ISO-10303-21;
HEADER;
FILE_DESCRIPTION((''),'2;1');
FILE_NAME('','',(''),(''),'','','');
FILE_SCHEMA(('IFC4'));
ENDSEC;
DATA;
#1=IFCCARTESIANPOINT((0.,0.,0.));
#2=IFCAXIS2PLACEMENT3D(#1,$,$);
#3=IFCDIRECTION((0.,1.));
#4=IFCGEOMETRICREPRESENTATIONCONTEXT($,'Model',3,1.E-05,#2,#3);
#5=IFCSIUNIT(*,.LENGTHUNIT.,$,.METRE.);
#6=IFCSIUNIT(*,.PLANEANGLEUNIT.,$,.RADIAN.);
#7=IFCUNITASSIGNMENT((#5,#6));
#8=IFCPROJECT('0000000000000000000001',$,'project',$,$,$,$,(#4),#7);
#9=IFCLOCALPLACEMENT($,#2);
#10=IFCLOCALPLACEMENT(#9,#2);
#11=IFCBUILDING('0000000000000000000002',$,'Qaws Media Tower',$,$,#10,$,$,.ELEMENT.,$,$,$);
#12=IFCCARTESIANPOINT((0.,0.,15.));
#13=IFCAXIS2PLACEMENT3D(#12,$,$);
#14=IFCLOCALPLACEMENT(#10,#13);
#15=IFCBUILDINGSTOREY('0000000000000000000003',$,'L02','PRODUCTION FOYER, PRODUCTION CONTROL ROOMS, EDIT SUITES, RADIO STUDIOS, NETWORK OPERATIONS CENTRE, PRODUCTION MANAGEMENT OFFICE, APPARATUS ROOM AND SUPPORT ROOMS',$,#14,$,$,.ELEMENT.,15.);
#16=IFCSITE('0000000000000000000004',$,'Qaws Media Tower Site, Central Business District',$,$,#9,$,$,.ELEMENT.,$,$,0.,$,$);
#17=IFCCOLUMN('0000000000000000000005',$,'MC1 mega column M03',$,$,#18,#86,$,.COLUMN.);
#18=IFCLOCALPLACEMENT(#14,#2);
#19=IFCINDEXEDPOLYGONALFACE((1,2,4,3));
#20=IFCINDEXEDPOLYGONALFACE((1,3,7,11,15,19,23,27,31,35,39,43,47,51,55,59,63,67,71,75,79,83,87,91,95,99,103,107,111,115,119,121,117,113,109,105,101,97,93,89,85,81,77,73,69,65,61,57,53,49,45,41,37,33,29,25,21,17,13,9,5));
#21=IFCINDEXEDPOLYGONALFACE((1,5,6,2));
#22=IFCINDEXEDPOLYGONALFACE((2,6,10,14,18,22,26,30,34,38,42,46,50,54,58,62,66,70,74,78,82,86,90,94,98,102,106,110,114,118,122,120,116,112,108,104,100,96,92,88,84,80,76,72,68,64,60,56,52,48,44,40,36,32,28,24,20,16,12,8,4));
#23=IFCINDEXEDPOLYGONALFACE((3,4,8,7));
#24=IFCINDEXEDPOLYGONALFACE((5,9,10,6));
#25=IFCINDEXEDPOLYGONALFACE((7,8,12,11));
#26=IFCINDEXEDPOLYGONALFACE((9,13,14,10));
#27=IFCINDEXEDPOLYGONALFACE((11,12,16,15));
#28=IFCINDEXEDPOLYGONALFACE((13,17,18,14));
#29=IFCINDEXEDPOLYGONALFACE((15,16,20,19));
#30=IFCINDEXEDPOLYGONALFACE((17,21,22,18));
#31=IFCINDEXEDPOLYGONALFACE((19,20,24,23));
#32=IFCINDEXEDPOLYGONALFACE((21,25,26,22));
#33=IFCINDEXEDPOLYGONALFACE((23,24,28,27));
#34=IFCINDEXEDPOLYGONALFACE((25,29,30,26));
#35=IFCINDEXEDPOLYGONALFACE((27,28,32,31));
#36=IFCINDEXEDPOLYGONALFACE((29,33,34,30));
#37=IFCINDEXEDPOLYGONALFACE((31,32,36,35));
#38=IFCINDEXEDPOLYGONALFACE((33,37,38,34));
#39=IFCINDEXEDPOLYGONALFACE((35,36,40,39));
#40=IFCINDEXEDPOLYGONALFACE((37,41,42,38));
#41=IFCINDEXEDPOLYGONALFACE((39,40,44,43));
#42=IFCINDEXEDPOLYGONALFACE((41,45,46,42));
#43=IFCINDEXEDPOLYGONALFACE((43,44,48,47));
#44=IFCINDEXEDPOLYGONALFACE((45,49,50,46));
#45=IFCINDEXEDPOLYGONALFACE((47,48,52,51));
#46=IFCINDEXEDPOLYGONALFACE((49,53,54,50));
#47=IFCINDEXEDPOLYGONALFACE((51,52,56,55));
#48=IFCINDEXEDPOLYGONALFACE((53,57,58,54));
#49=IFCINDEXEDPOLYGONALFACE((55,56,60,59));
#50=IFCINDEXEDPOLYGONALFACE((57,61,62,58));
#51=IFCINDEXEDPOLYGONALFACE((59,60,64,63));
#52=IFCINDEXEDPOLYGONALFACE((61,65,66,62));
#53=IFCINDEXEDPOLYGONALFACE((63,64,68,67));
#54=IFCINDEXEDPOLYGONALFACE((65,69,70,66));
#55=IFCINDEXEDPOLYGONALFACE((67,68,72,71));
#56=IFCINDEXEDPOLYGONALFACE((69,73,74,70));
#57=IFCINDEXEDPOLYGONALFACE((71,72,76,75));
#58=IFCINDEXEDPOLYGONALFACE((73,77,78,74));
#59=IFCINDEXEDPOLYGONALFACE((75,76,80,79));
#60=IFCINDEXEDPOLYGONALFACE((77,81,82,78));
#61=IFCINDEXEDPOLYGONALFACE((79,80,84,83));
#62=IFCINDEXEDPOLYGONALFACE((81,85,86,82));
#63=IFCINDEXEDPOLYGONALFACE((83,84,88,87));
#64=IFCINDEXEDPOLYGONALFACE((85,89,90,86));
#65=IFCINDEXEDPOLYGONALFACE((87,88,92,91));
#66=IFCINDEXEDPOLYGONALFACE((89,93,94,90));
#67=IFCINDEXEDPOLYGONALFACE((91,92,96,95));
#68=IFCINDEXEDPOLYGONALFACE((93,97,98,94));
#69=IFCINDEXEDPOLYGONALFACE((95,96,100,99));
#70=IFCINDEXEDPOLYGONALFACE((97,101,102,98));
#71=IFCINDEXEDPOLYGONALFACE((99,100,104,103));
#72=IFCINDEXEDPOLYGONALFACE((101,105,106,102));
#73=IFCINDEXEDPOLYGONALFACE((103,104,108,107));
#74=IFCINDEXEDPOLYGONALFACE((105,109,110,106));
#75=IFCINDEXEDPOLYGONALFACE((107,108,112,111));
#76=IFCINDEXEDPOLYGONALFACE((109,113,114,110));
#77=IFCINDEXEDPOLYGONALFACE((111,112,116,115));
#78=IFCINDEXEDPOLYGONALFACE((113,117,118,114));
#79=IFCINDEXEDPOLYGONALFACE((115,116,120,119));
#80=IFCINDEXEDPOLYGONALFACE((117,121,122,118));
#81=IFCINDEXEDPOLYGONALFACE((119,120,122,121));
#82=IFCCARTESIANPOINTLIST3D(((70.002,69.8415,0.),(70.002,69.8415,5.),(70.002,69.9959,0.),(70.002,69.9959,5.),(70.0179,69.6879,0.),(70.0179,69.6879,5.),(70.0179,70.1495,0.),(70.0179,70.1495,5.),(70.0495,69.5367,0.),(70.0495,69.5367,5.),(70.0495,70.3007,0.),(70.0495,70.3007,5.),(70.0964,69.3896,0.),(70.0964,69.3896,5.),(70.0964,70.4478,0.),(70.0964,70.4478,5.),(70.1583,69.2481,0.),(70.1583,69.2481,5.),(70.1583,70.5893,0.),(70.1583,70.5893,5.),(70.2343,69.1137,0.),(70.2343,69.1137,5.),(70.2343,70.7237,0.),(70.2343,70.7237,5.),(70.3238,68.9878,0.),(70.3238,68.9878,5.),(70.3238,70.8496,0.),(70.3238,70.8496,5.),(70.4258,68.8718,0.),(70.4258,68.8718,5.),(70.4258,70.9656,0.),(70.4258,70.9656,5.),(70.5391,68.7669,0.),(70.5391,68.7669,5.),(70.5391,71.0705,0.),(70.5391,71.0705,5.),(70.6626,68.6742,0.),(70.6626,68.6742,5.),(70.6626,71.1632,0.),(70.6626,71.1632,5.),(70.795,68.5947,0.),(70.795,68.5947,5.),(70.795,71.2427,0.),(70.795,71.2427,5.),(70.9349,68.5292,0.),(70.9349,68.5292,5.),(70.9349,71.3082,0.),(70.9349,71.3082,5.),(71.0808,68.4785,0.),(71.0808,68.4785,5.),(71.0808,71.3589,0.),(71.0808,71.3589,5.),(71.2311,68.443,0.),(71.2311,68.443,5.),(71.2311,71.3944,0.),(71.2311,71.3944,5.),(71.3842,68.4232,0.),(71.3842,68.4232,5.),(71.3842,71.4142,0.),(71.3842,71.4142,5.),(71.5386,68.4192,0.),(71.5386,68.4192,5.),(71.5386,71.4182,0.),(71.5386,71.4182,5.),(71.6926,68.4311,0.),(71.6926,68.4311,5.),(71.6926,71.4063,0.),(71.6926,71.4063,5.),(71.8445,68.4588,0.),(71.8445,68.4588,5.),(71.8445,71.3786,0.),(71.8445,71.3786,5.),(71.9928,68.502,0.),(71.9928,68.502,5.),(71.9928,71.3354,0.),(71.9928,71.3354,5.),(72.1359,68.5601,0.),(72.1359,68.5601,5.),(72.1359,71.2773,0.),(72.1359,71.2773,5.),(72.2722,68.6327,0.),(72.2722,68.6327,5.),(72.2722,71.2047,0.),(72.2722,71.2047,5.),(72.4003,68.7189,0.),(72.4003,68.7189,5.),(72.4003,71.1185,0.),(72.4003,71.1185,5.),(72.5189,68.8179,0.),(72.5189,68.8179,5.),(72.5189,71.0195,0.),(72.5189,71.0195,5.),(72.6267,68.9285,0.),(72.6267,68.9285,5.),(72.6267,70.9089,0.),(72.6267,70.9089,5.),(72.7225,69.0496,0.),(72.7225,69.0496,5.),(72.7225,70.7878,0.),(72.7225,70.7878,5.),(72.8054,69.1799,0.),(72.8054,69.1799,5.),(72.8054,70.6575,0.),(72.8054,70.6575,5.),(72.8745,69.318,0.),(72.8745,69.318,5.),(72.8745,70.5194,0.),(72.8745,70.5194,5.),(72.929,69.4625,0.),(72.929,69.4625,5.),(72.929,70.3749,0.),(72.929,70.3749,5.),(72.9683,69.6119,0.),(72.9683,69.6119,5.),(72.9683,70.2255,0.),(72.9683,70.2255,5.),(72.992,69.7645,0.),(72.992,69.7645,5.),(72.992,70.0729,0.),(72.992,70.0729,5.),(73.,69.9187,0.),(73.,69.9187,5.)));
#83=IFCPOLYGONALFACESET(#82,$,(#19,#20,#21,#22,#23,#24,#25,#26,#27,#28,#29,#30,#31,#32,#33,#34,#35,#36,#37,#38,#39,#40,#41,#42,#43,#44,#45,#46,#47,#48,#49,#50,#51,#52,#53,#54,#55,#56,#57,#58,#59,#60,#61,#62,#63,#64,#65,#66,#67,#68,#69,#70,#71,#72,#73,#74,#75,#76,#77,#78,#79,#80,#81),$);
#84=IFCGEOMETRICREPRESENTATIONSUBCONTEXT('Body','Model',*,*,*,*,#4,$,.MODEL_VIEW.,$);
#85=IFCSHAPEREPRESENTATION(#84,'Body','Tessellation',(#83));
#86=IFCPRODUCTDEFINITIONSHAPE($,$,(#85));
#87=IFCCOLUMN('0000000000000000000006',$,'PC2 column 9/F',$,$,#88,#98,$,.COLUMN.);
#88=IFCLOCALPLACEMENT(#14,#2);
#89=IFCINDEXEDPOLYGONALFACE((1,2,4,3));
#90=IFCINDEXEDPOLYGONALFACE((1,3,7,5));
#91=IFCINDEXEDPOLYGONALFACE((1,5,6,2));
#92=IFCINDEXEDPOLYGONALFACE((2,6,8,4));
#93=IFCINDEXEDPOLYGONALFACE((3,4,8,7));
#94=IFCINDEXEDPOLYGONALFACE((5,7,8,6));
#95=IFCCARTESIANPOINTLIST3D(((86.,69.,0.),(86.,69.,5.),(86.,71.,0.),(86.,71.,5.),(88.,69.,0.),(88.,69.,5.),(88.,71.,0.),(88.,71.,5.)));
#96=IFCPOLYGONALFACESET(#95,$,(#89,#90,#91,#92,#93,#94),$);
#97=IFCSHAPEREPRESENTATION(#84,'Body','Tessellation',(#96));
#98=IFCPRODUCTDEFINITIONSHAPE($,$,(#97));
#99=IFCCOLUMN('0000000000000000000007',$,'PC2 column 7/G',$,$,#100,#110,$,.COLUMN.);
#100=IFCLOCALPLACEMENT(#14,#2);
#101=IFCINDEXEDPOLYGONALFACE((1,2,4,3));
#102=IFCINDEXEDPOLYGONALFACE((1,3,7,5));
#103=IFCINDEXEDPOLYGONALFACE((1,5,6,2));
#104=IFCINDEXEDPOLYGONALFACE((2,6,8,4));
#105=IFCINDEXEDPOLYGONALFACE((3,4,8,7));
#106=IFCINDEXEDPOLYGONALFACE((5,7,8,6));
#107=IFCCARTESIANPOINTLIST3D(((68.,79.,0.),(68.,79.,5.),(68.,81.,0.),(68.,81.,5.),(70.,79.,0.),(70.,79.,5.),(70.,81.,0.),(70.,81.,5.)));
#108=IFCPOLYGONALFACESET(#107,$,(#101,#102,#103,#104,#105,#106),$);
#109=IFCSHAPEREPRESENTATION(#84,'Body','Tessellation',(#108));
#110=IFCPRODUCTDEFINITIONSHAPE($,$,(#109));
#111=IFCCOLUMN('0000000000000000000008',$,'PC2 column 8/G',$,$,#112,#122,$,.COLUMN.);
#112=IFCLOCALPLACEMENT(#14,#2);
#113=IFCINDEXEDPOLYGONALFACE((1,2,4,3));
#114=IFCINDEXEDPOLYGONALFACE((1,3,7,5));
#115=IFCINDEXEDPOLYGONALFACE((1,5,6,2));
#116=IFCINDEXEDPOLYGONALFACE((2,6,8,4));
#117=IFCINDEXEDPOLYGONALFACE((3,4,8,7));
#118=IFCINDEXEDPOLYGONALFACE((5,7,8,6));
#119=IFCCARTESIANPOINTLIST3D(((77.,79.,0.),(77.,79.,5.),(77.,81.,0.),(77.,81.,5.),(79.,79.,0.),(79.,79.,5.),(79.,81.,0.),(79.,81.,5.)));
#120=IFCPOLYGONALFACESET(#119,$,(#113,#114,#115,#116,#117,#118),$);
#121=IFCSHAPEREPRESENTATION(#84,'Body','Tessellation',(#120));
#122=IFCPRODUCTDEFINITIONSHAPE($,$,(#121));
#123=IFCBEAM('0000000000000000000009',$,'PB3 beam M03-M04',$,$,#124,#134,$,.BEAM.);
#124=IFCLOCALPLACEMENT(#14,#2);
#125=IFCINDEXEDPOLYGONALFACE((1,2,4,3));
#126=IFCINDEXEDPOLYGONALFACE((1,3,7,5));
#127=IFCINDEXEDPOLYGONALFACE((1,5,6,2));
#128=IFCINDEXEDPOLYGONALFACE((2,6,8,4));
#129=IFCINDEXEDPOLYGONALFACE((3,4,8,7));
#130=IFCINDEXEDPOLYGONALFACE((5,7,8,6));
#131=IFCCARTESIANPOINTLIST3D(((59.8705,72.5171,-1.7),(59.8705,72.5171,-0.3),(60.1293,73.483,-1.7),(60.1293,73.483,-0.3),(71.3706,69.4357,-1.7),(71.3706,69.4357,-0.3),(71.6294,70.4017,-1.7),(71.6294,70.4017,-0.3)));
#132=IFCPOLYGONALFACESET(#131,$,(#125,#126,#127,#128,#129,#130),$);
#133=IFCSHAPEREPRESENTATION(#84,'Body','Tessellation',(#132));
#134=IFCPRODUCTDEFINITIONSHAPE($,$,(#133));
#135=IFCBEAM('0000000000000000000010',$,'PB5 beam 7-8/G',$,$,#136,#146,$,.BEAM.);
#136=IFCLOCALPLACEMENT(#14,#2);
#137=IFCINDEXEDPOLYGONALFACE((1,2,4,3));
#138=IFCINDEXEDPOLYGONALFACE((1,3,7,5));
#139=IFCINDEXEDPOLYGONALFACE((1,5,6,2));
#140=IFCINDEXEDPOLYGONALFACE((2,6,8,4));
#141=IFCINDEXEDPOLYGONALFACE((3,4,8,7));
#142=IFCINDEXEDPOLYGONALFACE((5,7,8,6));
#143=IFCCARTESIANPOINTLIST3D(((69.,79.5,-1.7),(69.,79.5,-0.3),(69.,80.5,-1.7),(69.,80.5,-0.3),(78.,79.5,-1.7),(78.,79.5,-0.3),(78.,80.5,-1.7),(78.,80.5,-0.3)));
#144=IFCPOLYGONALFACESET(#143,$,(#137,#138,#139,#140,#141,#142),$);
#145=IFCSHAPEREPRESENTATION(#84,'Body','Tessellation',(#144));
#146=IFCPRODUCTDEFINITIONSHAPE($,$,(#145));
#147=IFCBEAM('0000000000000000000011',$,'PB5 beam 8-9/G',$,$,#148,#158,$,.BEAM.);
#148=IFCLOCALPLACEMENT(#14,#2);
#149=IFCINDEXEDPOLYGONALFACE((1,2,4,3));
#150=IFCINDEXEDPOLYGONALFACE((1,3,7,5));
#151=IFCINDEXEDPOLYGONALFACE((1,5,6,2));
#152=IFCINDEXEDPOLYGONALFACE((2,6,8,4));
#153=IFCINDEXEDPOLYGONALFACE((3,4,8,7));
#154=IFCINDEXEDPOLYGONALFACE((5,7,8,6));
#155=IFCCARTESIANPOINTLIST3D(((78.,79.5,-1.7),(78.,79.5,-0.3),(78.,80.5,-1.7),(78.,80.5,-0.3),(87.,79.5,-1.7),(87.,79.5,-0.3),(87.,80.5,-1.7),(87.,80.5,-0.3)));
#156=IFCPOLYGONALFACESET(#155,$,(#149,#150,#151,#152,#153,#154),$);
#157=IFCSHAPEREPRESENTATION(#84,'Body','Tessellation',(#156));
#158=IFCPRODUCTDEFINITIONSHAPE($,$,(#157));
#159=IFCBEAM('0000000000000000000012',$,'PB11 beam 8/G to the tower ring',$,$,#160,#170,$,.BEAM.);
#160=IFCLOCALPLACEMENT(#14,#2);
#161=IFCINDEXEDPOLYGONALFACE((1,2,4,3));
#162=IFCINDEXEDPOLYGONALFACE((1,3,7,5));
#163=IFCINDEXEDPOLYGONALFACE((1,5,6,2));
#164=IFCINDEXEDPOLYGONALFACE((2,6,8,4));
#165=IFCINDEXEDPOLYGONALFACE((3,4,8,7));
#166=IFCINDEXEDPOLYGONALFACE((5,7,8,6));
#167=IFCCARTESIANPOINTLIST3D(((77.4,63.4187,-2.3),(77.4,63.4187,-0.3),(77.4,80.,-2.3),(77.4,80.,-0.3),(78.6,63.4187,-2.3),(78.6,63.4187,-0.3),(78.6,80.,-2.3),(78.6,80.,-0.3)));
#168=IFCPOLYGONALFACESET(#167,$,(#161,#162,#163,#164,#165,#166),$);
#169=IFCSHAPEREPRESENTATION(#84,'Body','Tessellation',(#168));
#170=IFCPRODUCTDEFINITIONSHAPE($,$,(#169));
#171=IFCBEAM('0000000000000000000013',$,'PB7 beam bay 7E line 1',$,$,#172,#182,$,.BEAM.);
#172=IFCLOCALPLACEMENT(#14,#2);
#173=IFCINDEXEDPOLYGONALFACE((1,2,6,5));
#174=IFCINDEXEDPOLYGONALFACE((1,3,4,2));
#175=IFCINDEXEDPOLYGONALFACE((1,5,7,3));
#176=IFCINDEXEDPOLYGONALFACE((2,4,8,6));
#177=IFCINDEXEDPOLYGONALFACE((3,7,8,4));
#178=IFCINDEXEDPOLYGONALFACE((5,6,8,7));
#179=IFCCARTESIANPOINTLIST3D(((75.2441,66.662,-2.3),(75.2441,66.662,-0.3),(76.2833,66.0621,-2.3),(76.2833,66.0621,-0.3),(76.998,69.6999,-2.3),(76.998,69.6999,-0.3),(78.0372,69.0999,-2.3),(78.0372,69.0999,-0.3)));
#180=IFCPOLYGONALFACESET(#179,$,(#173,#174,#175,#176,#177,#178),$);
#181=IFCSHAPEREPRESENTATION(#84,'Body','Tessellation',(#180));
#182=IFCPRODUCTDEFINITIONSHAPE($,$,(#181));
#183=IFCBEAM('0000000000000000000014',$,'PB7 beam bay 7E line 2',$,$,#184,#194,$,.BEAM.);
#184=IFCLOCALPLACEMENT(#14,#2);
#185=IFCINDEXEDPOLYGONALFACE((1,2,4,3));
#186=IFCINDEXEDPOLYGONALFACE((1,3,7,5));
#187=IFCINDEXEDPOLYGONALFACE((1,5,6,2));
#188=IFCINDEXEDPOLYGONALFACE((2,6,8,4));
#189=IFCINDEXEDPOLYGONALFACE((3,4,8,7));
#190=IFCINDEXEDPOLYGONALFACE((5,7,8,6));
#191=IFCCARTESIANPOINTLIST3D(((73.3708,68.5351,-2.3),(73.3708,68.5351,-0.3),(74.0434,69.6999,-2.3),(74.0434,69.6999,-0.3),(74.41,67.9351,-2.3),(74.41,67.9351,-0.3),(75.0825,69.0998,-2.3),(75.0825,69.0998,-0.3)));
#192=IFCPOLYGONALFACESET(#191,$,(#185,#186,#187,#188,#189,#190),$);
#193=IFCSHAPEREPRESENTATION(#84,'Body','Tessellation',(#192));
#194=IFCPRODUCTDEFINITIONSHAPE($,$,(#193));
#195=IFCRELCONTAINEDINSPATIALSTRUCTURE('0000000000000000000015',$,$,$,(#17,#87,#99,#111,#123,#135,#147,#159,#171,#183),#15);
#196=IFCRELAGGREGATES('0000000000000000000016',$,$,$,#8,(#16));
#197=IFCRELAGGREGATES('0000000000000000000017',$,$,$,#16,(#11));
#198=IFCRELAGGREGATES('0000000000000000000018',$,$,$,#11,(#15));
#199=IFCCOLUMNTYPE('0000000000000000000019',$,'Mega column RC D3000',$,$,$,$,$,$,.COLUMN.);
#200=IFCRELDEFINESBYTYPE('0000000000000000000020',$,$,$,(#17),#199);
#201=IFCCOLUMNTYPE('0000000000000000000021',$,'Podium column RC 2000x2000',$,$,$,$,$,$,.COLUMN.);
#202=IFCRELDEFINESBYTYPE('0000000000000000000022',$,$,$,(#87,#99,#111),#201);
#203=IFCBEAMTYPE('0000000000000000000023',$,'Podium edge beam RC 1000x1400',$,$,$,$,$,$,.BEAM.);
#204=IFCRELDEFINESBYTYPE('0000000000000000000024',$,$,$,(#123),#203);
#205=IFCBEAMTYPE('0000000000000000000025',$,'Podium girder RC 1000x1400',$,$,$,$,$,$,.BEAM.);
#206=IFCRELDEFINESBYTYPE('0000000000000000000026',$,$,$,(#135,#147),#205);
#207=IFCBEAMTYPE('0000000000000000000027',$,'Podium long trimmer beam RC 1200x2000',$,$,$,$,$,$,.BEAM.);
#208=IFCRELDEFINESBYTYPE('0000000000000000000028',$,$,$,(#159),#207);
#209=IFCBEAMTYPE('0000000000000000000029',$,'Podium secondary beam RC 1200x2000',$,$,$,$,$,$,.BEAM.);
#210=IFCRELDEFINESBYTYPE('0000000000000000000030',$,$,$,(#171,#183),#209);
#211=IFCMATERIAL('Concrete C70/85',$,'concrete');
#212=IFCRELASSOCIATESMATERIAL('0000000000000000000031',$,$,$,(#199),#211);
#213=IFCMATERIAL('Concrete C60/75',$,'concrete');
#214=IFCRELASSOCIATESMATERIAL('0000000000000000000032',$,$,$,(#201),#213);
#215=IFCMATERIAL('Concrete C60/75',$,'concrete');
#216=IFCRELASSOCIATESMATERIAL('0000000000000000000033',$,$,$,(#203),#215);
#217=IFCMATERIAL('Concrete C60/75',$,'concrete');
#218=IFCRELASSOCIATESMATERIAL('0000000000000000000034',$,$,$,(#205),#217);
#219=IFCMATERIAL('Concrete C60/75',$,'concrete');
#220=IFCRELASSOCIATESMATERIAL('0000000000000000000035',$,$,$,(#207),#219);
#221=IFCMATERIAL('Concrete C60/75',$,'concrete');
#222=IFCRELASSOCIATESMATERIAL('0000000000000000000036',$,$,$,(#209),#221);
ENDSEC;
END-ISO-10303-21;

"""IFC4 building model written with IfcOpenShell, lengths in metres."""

from ifc_helpers import new_model, si_unit, direction, frame, origin, origin_2d, place, context, subcontext, project, spatial, rectangle, circle, extrude, material, material_profile, profile_set, type_object, element, save


model = new_model("IFC4")

# Units and contexts
model_context = context("Model", 3, precision=1e-05, world=origin(), true_north=direction((0.0, 1.0)))
body_context = subcontext(model_context, "Body", "Model", "MODEL_VIEW")
ifc_project = project(units=[si_unit("LENGTHUNIT", "METRE"), si_unit("PLANEANGLEUNIT", "RADIAN")], contexts=[model_context])

# Site, building, storey
site_placement = place(None, origin())
site = spatial("IfcSite", under=ifc_project, at=site_placement, Name="Qaws Media Tower Site, Central Business District", CompositionType="ELEMENT", RefElevation=0.0)
building_placement = place(site_placement, origin())
building = spatial("IfcBuilding", under=site, at=building_placement, Name="Qaws Media Tower", CompositionType="ELEMENT")
storey_placement = place(building_placement, frame((0.0, 0.0, 15.0)))
storey = spatial("IfcBuildingStorey", under=building, at=storey_placement, Name="L02", Description="PRODUCTION FOYER, PRODUCTION CONTROL ROOMS, EDIT SUITES, RADIO STUDIOS, NETWORK OPERATIONS CENTRE, PRODUCTION MANAGEMENT OFFICE, APPARATUS ROOM AND SUPPORT ROOMS", CompositionType="ELEMENT", Elevation=15.0)

# Columns
ifc_material_1 = material(Name="Concrete C70/85", Category="concrete")
ifc_material_profile_1 = material_profile(ifc_material_1, circle(Radius=1.5, at=origin_2d()), Name="RC D3000")
ifc_profile_set_1 = profile_set([ifc_material_profile_1], Name="Concrete C70/85")
column_type_1 = type_object("IfcColumnType", Name="Mega column RC D3000", PredefinedType="COLUMN", material=ifc_profile_set_1)
column_placement = place(storey_placement, frame((71.5, 69.9187, 0.0), z_axis=(0.0, 0.0, 1.0), x_axis=(1.0, 0.0, 0.0)))
element("IfcColumn", 1, at=column_placement, inside=storey, type_object=column_type_1, Name="MC1 mega column M03", PredefinedType="COLUMN", context=body_context, shape_type="SweptSolid", body=[
    extrude(circle(Radius=1.5, at=origin_2d()), origin(), (0.0, 0.0, 1.0), 5.0),
])
ifc_material_2 = material(Name="Concrete C60/75", Category="concrete")
ifc_material_profile_2 = material_profile(ifc_material_2, rectangle(XDim=2.0, YDim=2.0, at=origin_2d()), Name="RC 2000x2000")
ifc_profile_set_2 = profile_set([ifc_material_profile_2], Name="Concrete C60/75")
column_type_2 = type_object("IfcColumnType", Name="Podium column RC 2000x2000", PredefinedType="COLUMN", material=ifc_profile_set_2)
for number, where, z_axis, x_axis, name in (
    (2, (87.0, 70.0, 0.0), (0.0, 0.0, 1.0), (1.0, 0.0, 0.0), "PC2 column 9/F"),
    (3, (69.0, 80.0, 0.0), (0.0, 0.0, 1.0), (1.0, 0.0, 0.0), "PC2 column 7/G"),
    (4, (78.0, 80.0, 0.0), (0.0, 0.0, 1.0), (1.0, 0.0, 0.0), "PC2 column 8/G"),
):
    element("IfcColumn", number, at=place(storey_placement, frame(where, z_axis=z_axis, x_axis=x_axis)), inside=storey, type_object=column_type_2, Name=name, PredefinedType="COLUMN", context=body_context, shape_type="SweptSolid", body=[
        extrude(rectangle(XDim=2.0, YDim=2.0, at=origin_2d()), origin(), (0.0, 0.0, 1.0), 5.0),
    ])

# Beams
ifc_material_3 = material(Name="Concrete C60/75", Category="concrete")
ifc_material_profile_3 = material_profile(ifc_material_3, rectangle(XDim=1.0, YDim=1.3999, at=origin_2d()), Name="RC 1000x1400")
ifc_profile_set_3 = profile_set([ifc_material_profile_3], Name="Concrete C60/75")
beam_type_1 = type_object("IfcBeamType", Name="Podium edge beam RC 1000x1400", PredefinedType="BEAM", material=ifc_profile_set_3)
beam_1_placement = place(storey_placement, frame((71.5, 69.9187, -1.0), z_axis=(-0.965928, 0.25881, 0.0), x_axis=(-0.25881, -0.965928, 0.0)))
element("IfcBeam", 5, at=beam_1_placement, inside=storey, type_object=beam_type_1, Name="PB3 beam M03-M04", PredefinedType="BEAM", context=body_context, shape_type="SweptSolid", body=[
    extrude(rectangle(XDim=1.0, YDim=1.3999, at=origin_2d()), origin(), (0.0, 0.0, 1.0), 11.9058),
])
ifc_material_4 = material(Name="Concrete C60/75", Category="concrete")
ifc_material_profile_4 = material_profile(ifc_material_4, rectangle(XDim=1.0, YDim=1.3999, at=origin_2d()), Name="RC 1000x1400")
ifc_profile_set_4 = profile_set([ifc_material_profile_4], Name="Concrete C60/75")
beam_type_2 = type_object("IfcBeamType", Name="Podium girder RC 1000x1400", PredefinedType="BEAM", material=ifc_profile_set_4)
for number, where, z_axis, x_axis, name in (
    (6, (69.0, 80.0, -1.0), (1.0, 0.0, 0.0), (0.0, 1.0, 0.0), "PB5 beam 7-8/G"),
    (7, (78.0, 80.0, -1.0), (1.0, 0.0, 0.0), (0.0, 1.0, 0.0), "PB5 beam 8-9/G"),
):
    element("IfcBeam", number, at=place(storey_placement, frame(where, z_axis=z_axis, x_axis=x_axis)), inside=storey, type_object=beam_type_2, Name=name, PredefinedType="BEAM", context=body_context, shape_type="SweptSolid", body=[
        extrude(rectangle(XDim=1.0, YDim=1.3999, at=origin_2d()), origin(), (0.0, 0.0, 1.0), 9.0),
    ])
ifc_material_5 = material(Name="Concrete C60/75", Category="concrete")
ifc_material_profile_5 = material_profile(ifc_material_5, rectangle(XDim=1.2, YDim=2.0, at=origin_2d()), Name="RC 1200x2000")
ifc_profile_set_5 = profile_set([ifc_material_profile_5], Name="Concrete C60/75")
beam_type_3 = type_object("IfcBeamType", Name="Podium long trimmer beam RC 1200x2000", PredefinedType="BEAM", material=ifc_profile_set_5)
beam_2_placement = place(storey_placement, frame((78.0, 80.0, -1.3), z_axis=(0.0, -1.0, 0.0), x_axis=(1.0, 0.0, 0.0)))
element("IfcBeam", 8, at=beam_2_placement, inside=storey, type_object=beam_type_3, Name="PB11 beam 8/G to the tower ring", PredefinedType="BEAM", context=body_context, shape_type="SweptSolid", body=[
    extrude(rectangle(XDim=1.2, YDim=2.0, at=origin_2d()), origin(), (0.0, 0.0, 1.0), 16.5813),
])
ifc_material_6 = material(Name="Concrete C60/75", Category="concrete")
ifc_material_profile_6 = material_profile(ifc_material_6, rectangle(XDim=1.2, YDim=2.0, at=origin_2d()), Name="RC 1200x2000")
ifc_profile_set_6 = profile_set([ifc_material_profile_6], Name="Concrete C60/75")
beam_type_4 = type_object("IfcBeamType", Name="Podium secondary beam RC 1200x2000", PredefinedType="BEAM", material=ifc_profile_set_6)
beam_3_placement = place(storey_placement, frame((75.7637, 66.3621, -1.3), z_axis=(0.500002, 0.866024, 0.0), x_axis=(-0.866024, 0.500002, 0.0)))
element("IfcBeam", 9, at=beam_3_placement, inside=storey, type_object=beam_type_4, Name="PB7 beam bay 7E line 1", PredefinedType="BEAM", context=body_context, shape_type="SweptSolid", body=[
    extrude(rectangle(XDim=1.2, YDim=2.0, at=origin_2d()), origin(), (0.0, 0.0, 1.0), 3.5078),
])
beam_4_placement = place(storey_placement, frame((73.8904, 68.2351, -1.3), z_axis=(0.500063, 0.865989, 0.0), x_axis=(-0.865989, 0.500063, 0.0)))
element("IfcBeam", 10, at=beam_4_placement, inside=storey, type_object=beam_type_4, Name="PB7 beam bay 7E line 2", PredefinedType="BEAM", context=body_context, shape_type="SweptSolid", body=[
    extrude(rectangle(XDim=1.2, YDim=2.0, at=origin_2d()), origin(), (0.0, 0.0, 1.0), 1.345),
])

save(model, "model.ifc")
